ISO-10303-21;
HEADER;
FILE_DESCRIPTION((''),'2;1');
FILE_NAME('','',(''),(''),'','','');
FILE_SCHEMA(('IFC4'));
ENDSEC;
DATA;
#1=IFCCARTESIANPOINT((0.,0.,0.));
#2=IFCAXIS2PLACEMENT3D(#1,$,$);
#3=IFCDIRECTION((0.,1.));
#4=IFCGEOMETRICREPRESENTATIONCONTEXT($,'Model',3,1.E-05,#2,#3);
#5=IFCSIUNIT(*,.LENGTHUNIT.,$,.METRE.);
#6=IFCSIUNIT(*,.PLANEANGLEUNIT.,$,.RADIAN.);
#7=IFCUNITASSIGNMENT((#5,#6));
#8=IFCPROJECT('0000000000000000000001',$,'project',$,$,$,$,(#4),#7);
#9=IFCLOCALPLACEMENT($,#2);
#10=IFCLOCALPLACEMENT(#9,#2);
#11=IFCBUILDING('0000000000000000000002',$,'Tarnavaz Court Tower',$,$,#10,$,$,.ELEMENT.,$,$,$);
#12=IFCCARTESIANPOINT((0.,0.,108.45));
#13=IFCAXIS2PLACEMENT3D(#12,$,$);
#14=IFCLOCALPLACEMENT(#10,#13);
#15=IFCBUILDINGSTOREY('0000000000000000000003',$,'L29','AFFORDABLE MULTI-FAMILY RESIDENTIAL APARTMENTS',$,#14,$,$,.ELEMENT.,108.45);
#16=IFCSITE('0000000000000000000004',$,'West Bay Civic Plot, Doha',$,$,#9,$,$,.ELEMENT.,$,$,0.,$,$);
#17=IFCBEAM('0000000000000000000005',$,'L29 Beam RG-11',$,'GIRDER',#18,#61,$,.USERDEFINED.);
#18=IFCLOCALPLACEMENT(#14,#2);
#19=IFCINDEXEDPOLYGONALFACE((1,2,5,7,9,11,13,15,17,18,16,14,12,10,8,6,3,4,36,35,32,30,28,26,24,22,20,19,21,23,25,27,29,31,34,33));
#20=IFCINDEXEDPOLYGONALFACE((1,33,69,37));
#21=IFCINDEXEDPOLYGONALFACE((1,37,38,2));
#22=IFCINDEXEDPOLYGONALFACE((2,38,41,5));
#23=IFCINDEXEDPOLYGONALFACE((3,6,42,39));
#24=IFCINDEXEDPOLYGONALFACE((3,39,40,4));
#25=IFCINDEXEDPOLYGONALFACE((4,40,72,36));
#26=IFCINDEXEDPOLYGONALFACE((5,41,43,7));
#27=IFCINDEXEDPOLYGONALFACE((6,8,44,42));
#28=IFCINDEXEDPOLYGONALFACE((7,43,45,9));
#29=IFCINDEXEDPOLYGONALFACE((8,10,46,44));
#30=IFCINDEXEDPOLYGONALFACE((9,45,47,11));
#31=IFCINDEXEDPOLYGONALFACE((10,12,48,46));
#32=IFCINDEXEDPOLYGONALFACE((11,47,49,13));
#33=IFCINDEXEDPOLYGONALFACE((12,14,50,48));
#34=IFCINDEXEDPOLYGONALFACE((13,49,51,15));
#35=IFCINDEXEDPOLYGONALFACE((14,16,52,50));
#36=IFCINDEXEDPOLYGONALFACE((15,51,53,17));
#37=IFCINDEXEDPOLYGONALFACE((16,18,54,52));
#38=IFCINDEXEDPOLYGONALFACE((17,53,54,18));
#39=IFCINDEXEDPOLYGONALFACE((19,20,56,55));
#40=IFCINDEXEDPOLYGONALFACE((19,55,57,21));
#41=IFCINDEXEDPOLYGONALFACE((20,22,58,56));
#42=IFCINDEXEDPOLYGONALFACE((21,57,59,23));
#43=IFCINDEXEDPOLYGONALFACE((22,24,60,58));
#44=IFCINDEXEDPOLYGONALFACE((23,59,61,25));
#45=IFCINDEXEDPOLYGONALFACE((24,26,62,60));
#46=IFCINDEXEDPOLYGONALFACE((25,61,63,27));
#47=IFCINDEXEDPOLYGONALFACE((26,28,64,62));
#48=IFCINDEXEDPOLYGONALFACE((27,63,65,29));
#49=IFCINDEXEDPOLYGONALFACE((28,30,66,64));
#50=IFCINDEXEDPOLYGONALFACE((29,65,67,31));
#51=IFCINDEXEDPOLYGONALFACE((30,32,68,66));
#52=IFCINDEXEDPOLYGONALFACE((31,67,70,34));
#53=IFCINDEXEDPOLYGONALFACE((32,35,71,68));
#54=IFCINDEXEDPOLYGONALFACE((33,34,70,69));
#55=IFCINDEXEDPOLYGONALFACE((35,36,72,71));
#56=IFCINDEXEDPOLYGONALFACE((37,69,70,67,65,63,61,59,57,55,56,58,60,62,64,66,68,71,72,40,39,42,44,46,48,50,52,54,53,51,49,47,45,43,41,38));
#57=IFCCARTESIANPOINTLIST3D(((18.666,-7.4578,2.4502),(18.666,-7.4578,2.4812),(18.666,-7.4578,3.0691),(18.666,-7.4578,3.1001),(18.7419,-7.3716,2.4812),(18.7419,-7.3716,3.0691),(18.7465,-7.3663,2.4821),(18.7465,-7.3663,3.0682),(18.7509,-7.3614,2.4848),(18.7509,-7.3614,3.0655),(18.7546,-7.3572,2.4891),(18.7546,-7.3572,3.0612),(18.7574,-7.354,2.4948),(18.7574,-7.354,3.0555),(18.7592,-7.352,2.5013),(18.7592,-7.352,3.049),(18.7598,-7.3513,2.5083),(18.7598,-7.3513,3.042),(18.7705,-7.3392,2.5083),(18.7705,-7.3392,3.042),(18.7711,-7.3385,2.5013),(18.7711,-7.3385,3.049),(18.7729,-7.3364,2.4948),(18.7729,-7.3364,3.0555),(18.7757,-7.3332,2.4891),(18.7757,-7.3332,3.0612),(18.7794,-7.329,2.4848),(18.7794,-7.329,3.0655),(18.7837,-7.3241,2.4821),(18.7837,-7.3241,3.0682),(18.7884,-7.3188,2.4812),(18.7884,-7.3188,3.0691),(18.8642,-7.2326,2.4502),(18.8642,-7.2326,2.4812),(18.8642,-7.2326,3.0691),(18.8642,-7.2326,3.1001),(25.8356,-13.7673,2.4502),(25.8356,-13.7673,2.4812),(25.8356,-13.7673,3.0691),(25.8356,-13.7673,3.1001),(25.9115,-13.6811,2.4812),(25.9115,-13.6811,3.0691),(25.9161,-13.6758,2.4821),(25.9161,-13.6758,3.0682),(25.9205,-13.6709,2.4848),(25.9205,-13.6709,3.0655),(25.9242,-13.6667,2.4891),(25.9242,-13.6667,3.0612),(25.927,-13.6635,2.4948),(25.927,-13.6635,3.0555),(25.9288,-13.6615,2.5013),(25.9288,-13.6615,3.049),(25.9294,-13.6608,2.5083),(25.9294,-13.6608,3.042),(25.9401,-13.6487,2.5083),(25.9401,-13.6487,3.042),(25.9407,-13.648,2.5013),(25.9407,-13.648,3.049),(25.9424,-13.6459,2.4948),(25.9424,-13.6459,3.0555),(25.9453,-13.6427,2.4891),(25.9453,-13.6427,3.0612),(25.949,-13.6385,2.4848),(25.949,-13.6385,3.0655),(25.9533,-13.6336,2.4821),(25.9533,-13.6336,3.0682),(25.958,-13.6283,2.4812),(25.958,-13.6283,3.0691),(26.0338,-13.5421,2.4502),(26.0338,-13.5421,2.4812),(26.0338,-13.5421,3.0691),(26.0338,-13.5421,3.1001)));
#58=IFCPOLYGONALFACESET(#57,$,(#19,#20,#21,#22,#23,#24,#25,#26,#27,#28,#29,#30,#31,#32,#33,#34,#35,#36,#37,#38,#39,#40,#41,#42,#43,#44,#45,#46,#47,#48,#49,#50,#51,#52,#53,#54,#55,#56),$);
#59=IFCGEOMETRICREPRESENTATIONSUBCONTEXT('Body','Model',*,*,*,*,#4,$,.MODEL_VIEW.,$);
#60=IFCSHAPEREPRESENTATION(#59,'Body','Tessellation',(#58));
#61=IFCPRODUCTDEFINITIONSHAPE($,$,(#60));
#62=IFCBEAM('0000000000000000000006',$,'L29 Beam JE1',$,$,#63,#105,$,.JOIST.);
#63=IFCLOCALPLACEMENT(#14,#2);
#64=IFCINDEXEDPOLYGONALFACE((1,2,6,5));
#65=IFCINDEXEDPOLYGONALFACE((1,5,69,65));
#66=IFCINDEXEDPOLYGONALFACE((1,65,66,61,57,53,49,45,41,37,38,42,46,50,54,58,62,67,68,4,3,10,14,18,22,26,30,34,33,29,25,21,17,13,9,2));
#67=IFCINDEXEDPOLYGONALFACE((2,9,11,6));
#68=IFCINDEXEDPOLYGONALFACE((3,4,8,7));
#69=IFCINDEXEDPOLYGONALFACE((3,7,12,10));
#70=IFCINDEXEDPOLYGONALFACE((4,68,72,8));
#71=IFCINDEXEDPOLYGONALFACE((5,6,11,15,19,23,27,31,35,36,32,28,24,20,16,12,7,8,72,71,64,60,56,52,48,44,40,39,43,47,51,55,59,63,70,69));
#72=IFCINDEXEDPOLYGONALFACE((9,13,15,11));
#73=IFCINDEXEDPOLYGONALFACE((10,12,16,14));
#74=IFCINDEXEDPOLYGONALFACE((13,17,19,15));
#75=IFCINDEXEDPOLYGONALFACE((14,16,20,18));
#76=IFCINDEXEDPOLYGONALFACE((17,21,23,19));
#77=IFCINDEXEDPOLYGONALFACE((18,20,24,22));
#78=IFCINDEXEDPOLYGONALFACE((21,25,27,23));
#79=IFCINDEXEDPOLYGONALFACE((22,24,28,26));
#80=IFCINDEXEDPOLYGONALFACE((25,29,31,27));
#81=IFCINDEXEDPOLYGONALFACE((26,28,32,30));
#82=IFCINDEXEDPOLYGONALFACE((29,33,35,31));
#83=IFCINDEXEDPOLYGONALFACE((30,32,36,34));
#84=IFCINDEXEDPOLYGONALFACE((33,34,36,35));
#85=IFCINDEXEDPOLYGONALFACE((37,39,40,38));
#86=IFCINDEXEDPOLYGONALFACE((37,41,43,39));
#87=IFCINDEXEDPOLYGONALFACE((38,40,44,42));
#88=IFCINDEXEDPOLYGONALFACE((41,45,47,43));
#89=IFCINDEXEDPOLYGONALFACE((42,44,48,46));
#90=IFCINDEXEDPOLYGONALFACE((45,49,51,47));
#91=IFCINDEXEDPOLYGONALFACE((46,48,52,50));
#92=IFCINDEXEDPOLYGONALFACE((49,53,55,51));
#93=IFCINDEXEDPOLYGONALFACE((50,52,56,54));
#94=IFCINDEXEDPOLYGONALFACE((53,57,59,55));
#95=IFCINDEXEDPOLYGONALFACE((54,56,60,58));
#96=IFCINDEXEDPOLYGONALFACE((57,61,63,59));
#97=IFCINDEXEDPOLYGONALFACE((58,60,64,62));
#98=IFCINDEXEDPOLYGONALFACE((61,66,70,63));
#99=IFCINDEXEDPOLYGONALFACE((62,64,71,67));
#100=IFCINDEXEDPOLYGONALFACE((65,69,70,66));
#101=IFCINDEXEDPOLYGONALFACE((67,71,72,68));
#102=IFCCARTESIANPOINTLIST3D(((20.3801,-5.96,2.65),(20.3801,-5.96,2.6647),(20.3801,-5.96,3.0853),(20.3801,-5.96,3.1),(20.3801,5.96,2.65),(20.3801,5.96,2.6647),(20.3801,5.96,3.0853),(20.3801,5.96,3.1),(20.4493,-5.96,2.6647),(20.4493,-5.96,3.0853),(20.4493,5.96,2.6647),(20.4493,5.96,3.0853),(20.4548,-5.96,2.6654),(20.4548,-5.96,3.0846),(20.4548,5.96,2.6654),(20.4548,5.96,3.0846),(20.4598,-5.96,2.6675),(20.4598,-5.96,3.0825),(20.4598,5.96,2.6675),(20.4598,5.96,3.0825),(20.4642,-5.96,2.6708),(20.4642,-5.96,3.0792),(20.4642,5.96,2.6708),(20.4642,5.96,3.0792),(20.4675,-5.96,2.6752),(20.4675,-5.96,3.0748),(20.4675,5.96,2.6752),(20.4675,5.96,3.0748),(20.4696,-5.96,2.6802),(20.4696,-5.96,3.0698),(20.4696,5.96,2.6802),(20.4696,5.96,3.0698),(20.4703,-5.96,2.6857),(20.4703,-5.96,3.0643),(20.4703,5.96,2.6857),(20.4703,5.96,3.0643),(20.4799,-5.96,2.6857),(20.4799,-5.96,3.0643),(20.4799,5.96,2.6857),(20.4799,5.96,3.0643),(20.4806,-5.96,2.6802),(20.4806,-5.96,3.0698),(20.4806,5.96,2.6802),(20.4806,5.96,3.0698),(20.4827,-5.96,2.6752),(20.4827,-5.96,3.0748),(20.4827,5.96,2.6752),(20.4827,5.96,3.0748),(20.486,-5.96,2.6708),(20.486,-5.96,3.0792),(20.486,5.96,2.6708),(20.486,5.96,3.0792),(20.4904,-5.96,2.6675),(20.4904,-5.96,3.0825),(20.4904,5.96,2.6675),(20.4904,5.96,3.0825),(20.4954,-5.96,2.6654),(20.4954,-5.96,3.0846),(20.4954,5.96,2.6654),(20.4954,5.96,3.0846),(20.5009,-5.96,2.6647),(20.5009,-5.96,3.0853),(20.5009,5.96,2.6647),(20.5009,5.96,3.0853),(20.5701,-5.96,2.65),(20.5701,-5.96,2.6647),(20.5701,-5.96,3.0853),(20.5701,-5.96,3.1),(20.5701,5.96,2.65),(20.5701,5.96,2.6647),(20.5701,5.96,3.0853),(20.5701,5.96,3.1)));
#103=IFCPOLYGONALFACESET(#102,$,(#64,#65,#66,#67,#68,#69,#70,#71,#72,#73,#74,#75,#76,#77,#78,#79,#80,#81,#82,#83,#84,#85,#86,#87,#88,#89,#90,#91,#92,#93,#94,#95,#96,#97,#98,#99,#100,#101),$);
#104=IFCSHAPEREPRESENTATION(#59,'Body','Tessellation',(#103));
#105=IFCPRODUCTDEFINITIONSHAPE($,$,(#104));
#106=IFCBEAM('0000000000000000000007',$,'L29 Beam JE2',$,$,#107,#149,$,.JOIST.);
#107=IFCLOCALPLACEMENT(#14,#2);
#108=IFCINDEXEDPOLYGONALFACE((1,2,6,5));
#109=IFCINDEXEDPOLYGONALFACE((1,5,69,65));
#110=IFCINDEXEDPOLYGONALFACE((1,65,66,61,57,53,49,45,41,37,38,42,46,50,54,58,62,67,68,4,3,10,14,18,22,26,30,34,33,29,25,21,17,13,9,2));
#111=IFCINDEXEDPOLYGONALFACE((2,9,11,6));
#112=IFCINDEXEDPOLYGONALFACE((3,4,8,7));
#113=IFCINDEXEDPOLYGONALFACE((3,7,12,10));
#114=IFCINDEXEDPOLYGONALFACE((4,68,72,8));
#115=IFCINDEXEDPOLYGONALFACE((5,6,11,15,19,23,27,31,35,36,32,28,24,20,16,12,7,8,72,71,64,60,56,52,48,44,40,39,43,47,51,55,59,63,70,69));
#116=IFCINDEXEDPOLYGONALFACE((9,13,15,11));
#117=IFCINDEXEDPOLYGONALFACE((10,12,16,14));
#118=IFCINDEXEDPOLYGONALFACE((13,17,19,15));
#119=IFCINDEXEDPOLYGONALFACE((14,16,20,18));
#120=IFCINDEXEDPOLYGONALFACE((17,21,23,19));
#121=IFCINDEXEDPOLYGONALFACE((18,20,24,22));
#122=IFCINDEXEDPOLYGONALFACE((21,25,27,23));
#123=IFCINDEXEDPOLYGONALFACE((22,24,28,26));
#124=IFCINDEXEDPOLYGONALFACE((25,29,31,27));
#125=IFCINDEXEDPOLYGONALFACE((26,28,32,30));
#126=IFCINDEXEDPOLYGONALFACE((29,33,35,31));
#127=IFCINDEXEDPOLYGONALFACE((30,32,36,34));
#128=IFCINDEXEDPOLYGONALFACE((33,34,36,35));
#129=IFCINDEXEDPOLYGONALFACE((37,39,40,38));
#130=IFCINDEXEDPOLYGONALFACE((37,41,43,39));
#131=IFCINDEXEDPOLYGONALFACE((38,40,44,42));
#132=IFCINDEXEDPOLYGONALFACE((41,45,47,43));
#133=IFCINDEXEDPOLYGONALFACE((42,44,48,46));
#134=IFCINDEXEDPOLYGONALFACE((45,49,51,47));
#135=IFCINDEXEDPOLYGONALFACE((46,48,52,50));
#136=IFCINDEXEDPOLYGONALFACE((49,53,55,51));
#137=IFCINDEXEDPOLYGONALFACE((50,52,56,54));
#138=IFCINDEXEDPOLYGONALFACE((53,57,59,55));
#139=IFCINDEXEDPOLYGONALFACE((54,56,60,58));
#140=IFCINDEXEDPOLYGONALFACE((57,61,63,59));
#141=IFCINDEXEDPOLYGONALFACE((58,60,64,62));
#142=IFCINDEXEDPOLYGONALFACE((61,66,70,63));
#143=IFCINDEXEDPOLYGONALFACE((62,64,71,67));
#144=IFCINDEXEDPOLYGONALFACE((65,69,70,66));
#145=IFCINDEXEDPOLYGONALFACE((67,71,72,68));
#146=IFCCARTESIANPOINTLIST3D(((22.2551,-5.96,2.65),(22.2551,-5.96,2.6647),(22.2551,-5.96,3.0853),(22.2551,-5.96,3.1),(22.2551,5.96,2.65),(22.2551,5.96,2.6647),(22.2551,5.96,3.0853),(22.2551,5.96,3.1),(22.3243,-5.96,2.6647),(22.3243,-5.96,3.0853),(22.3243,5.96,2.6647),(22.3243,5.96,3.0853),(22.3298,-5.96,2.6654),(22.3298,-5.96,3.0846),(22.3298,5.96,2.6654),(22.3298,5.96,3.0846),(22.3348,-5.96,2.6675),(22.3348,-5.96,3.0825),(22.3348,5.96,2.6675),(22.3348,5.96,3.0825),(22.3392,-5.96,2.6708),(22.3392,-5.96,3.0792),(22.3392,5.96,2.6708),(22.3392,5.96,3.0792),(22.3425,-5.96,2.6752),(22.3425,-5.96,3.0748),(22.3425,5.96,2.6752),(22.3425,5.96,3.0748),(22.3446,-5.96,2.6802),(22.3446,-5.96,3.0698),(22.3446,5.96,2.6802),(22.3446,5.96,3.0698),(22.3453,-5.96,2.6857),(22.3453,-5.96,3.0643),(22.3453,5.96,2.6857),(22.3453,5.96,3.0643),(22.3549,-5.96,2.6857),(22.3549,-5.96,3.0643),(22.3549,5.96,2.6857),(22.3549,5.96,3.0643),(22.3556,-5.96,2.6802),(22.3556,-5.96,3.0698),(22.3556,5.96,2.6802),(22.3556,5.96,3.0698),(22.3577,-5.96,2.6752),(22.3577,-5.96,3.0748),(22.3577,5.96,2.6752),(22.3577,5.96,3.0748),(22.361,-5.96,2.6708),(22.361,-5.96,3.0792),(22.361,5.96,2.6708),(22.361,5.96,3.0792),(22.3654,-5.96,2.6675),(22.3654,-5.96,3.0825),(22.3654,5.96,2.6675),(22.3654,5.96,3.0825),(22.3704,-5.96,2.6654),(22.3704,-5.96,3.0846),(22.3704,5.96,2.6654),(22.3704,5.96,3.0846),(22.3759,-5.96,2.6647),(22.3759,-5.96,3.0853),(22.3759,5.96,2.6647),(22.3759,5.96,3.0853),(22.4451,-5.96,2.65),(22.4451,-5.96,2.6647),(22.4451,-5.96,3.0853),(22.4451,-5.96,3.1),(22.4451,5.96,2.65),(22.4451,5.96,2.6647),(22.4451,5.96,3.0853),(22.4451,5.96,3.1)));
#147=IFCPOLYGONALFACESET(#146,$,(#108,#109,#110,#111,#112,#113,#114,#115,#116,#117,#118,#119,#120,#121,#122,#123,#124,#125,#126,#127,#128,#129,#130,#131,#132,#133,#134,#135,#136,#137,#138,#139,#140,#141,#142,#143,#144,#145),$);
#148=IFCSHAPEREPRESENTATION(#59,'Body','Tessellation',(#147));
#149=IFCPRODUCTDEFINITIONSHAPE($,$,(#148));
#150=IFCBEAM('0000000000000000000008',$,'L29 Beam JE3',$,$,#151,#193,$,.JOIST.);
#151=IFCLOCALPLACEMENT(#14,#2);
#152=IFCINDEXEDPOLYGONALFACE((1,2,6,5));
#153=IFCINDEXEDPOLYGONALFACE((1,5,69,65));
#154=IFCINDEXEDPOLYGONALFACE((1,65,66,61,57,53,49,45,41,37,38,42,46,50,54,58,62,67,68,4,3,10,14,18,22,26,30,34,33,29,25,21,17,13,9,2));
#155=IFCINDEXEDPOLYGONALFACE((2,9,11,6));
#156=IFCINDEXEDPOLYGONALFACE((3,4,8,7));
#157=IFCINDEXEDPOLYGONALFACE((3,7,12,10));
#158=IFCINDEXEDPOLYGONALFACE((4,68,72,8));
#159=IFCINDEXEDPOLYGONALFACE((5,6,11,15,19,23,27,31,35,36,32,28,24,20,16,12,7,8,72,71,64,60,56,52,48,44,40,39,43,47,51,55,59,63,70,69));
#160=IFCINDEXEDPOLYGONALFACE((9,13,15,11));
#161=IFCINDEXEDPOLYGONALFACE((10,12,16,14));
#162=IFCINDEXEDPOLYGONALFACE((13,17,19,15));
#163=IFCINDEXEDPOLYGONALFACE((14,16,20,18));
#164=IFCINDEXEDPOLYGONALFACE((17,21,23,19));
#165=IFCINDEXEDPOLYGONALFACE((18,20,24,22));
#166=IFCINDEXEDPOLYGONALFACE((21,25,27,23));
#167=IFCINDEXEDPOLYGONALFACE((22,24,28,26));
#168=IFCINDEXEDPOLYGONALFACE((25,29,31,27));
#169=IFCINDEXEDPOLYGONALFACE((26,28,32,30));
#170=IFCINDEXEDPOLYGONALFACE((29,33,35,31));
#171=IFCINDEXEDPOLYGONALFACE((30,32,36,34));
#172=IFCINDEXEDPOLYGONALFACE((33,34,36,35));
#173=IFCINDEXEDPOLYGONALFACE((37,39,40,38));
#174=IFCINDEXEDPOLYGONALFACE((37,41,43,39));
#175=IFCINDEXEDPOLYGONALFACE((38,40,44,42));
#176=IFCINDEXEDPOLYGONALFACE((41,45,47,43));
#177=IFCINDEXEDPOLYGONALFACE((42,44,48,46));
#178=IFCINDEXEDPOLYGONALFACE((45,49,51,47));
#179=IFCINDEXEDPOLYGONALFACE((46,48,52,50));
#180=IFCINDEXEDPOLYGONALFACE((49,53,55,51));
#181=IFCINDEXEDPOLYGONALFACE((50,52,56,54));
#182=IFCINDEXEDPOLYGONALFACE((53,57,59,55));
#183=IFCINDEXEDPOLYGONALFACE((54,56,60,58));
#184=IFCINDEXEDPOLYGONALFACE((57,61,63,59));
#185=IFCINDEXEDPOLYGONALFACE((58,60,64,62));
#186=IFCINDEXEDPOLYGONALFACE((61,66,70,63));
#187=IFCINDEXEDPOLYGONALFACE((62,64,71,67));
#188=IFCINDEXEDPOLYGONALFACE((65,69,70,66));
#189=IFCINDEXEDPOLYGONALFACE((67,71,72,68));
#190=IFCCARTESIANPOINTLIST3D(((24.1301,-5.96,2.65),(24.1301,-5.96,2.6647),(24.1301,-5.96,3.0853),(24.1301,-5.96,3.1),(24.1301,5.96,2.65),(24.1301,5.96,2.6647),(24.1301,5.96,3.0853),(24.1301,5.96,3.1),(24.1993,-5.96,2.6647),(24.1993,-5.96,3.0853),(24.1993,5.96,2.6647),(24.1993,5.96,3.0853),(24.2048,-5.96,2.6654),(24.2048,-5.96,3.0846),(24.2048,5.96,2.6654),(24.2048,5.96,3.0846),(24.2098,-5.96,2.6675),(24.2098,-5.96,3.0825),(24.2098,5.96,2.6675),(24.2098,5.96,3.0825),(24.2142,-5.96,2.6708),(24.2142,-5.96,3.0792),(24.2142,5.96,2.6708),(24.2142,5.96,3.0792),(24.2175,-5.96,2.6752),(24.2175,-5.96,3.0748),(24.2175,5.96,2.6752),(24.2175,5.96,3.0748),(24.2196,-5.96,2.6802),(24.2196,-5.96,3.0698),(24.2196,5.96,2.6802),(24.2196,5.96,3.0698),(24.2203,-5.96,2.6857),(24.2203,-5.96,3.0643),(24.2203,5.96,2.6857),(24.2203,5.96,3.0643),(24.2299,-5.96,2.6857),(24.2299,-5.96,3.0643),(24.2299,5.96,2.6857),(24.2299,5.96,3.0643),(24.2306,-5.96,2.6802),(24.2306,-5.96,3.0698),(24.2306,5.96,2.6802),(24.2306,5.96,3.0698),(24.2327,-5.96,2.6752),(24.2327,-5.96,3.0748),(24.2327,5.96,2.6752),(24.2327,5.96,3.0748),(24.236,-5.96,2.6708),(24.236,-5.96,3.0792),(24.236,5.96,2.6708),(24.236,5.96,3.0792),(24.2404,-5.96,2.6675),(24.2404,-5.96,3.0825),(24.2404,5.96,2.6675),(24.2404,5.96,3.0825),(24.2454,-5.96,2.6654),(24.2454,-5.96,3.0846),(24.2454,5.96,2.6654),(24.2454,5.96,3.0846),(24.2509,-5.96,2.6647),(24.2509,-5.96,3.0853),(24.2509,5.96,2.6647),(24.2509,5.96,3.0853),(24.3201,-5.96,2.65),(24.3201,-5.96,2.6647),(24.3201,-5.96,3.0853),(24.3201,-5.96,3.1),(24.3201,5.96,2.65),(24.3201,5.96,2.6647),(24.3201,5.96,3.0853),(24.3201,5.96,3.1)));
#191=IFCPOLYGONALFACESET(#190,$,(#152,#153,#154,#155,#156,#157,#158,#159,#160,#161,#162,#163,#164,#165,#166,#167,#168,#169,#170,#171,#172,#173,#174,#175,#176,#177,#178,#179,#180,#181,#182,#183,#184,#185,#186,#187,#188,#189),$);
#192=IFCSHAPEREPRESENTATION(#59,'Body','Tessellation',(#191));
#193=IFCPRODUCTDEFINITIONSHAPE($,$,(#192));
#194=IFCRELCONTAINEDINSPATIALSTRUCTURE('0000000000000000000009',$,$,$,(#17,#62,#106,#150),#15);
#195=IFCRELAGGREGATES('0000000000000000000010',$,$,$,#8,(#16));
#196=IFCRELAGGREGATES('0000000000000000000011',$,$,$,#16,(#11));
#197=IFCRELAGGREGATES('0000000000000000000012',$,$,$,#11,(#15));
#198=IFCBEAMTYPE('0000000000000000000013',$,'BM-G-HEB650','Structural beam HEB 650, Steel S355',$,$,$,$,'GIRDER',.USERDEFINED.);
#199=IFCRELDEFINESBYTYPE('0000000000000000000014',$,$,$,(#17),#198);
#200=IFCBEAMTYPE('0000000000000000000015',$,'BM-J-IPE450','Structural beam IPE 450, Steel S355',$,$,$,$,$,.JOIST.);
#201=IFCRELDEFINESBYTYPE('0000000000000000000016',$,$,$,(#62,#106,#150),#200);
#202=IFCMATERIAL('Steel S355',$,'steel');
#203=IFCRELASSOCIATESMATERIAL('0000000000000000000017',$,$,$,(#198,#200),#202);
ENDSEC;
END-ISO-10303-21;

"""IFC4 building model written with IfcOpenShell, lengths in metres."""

from ifc_helpers import new_model, si_unit, direction, frame, origin, origin_2d, place, context, subcontext, project, spatial, i_section, extrude, material, material_profile, profile_set, type_object, element, save


model = new_model("IFC4")

# Units and contexts
model_context = context("Model", 3, precision=1e-05, world=origin(), true_north=direction((0.0, 1.0)))
body_context = subcontext(model_context, "Body", "Model", "MODEL_VIEW")
ifc_project = project(units=[si_unit("LENGTHUNIT", "METRE"), si_unit("PLANEANGLEUNIT", "RADIAN")], contexts=[model_context])

# Site, building, storey
site_placement = place(None, origin())
site = spatial("IfcSite", under=ifc_project, at=site_placement, Name="West Bay Civic Plot, Doha", CompositionType="ELEMENT", RefElevation=0.0)
building_placement = place(site_placement, origin())
building = spatial("IfcBuilding", under=site, at=building_placement, Name="Tarnavaz Court Tower", CompositionType="ELEMENT")
storey_placement = place(building_placement, frame((0.0, 0.0, 108.45)))
storey = spatial("IfcBuildingStorey", under=building, at=storey_placement, Name="L29", Description="AFFORDABLE MULTI-FAMILY RESIDENTIAL APARTMENTS", CompositionType="ELEMENT", Elevation=108.45)

# Beams
ifc_material_1 = material(Name="Steel S355", Category="steel")
ifc_material_profile_1 = material_profile(ifc_material_1, i_section(OverallWidth=0.3, OverallDepth=0.6499, WebThickness=0.0161, FlangeThickness=0.031, FilletRadius=0.0271, at=origin_2d()), Name="HEB 650")
ifc_profile_set_1 = profile_set([ifc_material_profile_1], Name="Steel S355")
beam_type_1 = type_object("IfcBeamType", Name="BM-G-HEB650", Description="Structural beam HEB 650, Steel S355", ElementType="GIRDER", PredefinedType="USERDEFINED", material=ifc_profile_set_1)
beam_1_placement = place(storey_placement, frame((18.7651, -7.3452, 2.7751), z_axis=(0.7507, -0.660643, 0.0), x_axis=(0.660643, 0.7507, 0.0)))
element("IfcBeam", 1, at=beam_1_placement, inside=storey, type_object=beam_type_1, Name="L29 Beam RG-11", ObjectType="GIRDER", PredefinedType="USERDEFINED", context=body_context, shape_type="SweptSolid", body=[
    extrude(i_section(OverallWidth=0.3, OverallDepth=0.6499, WebThickness=0.0161, FlangeThickness=0.031, FilletRadius=0.0271, at=origin_2d()), origin(), (0.0, 0.0, 1.0), 9.5505),
])
ifc_material_profile_2 = material_profile(ifc_material_1, i_section(OverallWidth=0.1899, OverallDepth=0.45, WebThickness=0.0095, FlangeThickness=0.0146, FilletRadius=0.021, at=origin_2d()), Name="IPE 450")
ifc_profile_set_2 = profile_set([ifc_material_profile_2], Name="Steel S355")
beam_type_2 = type_object("IfcBeamType", Name="BM-J-IPE450", Description="Structural beam IPE 450, Steel S355", PredefinedType="JOIST", material=ifc_profile_set_2)
for number, where, z_axis, x_axis, name in (
    (2, (20.4751, -5.96, 2.875), (0.0, 1.0, 0.0), (-1.0, 0.0, 0.0), "L29 Beam JE1"),
    (3, (22.3501, -5.96, 2.875), (0.0, 1.0, 0.0), (-1.0, 0.0, 0.0), "L29 Beam JE2"),
    (4, (24.2251, -5.96, 2.875), (0.0, 1.0, 0.0), (-1.0, 0.0, 0.0), "L29 Beam JE3"),
):
    element("IfcBeam", number, at=place(storey_placement, frame(where, z_axis=z_axis, x_axis=x_axis)), inside=storey, type_object=beam_type_2, Name=name, PredefinedType="JOIST", context=body_context, shape_type="SweptSolid", body=[
        extrude(i_section(OverallWidth=0.1899, OverallDepth=0.45, WebThickness=0.0095, FlangeThickness=0.0146, FilletRadius=0.021, at=origin_2d()), origin(), (0.0, 0.0, 1.0), 11.9199),
    ])

save(model, "model.ifc")
